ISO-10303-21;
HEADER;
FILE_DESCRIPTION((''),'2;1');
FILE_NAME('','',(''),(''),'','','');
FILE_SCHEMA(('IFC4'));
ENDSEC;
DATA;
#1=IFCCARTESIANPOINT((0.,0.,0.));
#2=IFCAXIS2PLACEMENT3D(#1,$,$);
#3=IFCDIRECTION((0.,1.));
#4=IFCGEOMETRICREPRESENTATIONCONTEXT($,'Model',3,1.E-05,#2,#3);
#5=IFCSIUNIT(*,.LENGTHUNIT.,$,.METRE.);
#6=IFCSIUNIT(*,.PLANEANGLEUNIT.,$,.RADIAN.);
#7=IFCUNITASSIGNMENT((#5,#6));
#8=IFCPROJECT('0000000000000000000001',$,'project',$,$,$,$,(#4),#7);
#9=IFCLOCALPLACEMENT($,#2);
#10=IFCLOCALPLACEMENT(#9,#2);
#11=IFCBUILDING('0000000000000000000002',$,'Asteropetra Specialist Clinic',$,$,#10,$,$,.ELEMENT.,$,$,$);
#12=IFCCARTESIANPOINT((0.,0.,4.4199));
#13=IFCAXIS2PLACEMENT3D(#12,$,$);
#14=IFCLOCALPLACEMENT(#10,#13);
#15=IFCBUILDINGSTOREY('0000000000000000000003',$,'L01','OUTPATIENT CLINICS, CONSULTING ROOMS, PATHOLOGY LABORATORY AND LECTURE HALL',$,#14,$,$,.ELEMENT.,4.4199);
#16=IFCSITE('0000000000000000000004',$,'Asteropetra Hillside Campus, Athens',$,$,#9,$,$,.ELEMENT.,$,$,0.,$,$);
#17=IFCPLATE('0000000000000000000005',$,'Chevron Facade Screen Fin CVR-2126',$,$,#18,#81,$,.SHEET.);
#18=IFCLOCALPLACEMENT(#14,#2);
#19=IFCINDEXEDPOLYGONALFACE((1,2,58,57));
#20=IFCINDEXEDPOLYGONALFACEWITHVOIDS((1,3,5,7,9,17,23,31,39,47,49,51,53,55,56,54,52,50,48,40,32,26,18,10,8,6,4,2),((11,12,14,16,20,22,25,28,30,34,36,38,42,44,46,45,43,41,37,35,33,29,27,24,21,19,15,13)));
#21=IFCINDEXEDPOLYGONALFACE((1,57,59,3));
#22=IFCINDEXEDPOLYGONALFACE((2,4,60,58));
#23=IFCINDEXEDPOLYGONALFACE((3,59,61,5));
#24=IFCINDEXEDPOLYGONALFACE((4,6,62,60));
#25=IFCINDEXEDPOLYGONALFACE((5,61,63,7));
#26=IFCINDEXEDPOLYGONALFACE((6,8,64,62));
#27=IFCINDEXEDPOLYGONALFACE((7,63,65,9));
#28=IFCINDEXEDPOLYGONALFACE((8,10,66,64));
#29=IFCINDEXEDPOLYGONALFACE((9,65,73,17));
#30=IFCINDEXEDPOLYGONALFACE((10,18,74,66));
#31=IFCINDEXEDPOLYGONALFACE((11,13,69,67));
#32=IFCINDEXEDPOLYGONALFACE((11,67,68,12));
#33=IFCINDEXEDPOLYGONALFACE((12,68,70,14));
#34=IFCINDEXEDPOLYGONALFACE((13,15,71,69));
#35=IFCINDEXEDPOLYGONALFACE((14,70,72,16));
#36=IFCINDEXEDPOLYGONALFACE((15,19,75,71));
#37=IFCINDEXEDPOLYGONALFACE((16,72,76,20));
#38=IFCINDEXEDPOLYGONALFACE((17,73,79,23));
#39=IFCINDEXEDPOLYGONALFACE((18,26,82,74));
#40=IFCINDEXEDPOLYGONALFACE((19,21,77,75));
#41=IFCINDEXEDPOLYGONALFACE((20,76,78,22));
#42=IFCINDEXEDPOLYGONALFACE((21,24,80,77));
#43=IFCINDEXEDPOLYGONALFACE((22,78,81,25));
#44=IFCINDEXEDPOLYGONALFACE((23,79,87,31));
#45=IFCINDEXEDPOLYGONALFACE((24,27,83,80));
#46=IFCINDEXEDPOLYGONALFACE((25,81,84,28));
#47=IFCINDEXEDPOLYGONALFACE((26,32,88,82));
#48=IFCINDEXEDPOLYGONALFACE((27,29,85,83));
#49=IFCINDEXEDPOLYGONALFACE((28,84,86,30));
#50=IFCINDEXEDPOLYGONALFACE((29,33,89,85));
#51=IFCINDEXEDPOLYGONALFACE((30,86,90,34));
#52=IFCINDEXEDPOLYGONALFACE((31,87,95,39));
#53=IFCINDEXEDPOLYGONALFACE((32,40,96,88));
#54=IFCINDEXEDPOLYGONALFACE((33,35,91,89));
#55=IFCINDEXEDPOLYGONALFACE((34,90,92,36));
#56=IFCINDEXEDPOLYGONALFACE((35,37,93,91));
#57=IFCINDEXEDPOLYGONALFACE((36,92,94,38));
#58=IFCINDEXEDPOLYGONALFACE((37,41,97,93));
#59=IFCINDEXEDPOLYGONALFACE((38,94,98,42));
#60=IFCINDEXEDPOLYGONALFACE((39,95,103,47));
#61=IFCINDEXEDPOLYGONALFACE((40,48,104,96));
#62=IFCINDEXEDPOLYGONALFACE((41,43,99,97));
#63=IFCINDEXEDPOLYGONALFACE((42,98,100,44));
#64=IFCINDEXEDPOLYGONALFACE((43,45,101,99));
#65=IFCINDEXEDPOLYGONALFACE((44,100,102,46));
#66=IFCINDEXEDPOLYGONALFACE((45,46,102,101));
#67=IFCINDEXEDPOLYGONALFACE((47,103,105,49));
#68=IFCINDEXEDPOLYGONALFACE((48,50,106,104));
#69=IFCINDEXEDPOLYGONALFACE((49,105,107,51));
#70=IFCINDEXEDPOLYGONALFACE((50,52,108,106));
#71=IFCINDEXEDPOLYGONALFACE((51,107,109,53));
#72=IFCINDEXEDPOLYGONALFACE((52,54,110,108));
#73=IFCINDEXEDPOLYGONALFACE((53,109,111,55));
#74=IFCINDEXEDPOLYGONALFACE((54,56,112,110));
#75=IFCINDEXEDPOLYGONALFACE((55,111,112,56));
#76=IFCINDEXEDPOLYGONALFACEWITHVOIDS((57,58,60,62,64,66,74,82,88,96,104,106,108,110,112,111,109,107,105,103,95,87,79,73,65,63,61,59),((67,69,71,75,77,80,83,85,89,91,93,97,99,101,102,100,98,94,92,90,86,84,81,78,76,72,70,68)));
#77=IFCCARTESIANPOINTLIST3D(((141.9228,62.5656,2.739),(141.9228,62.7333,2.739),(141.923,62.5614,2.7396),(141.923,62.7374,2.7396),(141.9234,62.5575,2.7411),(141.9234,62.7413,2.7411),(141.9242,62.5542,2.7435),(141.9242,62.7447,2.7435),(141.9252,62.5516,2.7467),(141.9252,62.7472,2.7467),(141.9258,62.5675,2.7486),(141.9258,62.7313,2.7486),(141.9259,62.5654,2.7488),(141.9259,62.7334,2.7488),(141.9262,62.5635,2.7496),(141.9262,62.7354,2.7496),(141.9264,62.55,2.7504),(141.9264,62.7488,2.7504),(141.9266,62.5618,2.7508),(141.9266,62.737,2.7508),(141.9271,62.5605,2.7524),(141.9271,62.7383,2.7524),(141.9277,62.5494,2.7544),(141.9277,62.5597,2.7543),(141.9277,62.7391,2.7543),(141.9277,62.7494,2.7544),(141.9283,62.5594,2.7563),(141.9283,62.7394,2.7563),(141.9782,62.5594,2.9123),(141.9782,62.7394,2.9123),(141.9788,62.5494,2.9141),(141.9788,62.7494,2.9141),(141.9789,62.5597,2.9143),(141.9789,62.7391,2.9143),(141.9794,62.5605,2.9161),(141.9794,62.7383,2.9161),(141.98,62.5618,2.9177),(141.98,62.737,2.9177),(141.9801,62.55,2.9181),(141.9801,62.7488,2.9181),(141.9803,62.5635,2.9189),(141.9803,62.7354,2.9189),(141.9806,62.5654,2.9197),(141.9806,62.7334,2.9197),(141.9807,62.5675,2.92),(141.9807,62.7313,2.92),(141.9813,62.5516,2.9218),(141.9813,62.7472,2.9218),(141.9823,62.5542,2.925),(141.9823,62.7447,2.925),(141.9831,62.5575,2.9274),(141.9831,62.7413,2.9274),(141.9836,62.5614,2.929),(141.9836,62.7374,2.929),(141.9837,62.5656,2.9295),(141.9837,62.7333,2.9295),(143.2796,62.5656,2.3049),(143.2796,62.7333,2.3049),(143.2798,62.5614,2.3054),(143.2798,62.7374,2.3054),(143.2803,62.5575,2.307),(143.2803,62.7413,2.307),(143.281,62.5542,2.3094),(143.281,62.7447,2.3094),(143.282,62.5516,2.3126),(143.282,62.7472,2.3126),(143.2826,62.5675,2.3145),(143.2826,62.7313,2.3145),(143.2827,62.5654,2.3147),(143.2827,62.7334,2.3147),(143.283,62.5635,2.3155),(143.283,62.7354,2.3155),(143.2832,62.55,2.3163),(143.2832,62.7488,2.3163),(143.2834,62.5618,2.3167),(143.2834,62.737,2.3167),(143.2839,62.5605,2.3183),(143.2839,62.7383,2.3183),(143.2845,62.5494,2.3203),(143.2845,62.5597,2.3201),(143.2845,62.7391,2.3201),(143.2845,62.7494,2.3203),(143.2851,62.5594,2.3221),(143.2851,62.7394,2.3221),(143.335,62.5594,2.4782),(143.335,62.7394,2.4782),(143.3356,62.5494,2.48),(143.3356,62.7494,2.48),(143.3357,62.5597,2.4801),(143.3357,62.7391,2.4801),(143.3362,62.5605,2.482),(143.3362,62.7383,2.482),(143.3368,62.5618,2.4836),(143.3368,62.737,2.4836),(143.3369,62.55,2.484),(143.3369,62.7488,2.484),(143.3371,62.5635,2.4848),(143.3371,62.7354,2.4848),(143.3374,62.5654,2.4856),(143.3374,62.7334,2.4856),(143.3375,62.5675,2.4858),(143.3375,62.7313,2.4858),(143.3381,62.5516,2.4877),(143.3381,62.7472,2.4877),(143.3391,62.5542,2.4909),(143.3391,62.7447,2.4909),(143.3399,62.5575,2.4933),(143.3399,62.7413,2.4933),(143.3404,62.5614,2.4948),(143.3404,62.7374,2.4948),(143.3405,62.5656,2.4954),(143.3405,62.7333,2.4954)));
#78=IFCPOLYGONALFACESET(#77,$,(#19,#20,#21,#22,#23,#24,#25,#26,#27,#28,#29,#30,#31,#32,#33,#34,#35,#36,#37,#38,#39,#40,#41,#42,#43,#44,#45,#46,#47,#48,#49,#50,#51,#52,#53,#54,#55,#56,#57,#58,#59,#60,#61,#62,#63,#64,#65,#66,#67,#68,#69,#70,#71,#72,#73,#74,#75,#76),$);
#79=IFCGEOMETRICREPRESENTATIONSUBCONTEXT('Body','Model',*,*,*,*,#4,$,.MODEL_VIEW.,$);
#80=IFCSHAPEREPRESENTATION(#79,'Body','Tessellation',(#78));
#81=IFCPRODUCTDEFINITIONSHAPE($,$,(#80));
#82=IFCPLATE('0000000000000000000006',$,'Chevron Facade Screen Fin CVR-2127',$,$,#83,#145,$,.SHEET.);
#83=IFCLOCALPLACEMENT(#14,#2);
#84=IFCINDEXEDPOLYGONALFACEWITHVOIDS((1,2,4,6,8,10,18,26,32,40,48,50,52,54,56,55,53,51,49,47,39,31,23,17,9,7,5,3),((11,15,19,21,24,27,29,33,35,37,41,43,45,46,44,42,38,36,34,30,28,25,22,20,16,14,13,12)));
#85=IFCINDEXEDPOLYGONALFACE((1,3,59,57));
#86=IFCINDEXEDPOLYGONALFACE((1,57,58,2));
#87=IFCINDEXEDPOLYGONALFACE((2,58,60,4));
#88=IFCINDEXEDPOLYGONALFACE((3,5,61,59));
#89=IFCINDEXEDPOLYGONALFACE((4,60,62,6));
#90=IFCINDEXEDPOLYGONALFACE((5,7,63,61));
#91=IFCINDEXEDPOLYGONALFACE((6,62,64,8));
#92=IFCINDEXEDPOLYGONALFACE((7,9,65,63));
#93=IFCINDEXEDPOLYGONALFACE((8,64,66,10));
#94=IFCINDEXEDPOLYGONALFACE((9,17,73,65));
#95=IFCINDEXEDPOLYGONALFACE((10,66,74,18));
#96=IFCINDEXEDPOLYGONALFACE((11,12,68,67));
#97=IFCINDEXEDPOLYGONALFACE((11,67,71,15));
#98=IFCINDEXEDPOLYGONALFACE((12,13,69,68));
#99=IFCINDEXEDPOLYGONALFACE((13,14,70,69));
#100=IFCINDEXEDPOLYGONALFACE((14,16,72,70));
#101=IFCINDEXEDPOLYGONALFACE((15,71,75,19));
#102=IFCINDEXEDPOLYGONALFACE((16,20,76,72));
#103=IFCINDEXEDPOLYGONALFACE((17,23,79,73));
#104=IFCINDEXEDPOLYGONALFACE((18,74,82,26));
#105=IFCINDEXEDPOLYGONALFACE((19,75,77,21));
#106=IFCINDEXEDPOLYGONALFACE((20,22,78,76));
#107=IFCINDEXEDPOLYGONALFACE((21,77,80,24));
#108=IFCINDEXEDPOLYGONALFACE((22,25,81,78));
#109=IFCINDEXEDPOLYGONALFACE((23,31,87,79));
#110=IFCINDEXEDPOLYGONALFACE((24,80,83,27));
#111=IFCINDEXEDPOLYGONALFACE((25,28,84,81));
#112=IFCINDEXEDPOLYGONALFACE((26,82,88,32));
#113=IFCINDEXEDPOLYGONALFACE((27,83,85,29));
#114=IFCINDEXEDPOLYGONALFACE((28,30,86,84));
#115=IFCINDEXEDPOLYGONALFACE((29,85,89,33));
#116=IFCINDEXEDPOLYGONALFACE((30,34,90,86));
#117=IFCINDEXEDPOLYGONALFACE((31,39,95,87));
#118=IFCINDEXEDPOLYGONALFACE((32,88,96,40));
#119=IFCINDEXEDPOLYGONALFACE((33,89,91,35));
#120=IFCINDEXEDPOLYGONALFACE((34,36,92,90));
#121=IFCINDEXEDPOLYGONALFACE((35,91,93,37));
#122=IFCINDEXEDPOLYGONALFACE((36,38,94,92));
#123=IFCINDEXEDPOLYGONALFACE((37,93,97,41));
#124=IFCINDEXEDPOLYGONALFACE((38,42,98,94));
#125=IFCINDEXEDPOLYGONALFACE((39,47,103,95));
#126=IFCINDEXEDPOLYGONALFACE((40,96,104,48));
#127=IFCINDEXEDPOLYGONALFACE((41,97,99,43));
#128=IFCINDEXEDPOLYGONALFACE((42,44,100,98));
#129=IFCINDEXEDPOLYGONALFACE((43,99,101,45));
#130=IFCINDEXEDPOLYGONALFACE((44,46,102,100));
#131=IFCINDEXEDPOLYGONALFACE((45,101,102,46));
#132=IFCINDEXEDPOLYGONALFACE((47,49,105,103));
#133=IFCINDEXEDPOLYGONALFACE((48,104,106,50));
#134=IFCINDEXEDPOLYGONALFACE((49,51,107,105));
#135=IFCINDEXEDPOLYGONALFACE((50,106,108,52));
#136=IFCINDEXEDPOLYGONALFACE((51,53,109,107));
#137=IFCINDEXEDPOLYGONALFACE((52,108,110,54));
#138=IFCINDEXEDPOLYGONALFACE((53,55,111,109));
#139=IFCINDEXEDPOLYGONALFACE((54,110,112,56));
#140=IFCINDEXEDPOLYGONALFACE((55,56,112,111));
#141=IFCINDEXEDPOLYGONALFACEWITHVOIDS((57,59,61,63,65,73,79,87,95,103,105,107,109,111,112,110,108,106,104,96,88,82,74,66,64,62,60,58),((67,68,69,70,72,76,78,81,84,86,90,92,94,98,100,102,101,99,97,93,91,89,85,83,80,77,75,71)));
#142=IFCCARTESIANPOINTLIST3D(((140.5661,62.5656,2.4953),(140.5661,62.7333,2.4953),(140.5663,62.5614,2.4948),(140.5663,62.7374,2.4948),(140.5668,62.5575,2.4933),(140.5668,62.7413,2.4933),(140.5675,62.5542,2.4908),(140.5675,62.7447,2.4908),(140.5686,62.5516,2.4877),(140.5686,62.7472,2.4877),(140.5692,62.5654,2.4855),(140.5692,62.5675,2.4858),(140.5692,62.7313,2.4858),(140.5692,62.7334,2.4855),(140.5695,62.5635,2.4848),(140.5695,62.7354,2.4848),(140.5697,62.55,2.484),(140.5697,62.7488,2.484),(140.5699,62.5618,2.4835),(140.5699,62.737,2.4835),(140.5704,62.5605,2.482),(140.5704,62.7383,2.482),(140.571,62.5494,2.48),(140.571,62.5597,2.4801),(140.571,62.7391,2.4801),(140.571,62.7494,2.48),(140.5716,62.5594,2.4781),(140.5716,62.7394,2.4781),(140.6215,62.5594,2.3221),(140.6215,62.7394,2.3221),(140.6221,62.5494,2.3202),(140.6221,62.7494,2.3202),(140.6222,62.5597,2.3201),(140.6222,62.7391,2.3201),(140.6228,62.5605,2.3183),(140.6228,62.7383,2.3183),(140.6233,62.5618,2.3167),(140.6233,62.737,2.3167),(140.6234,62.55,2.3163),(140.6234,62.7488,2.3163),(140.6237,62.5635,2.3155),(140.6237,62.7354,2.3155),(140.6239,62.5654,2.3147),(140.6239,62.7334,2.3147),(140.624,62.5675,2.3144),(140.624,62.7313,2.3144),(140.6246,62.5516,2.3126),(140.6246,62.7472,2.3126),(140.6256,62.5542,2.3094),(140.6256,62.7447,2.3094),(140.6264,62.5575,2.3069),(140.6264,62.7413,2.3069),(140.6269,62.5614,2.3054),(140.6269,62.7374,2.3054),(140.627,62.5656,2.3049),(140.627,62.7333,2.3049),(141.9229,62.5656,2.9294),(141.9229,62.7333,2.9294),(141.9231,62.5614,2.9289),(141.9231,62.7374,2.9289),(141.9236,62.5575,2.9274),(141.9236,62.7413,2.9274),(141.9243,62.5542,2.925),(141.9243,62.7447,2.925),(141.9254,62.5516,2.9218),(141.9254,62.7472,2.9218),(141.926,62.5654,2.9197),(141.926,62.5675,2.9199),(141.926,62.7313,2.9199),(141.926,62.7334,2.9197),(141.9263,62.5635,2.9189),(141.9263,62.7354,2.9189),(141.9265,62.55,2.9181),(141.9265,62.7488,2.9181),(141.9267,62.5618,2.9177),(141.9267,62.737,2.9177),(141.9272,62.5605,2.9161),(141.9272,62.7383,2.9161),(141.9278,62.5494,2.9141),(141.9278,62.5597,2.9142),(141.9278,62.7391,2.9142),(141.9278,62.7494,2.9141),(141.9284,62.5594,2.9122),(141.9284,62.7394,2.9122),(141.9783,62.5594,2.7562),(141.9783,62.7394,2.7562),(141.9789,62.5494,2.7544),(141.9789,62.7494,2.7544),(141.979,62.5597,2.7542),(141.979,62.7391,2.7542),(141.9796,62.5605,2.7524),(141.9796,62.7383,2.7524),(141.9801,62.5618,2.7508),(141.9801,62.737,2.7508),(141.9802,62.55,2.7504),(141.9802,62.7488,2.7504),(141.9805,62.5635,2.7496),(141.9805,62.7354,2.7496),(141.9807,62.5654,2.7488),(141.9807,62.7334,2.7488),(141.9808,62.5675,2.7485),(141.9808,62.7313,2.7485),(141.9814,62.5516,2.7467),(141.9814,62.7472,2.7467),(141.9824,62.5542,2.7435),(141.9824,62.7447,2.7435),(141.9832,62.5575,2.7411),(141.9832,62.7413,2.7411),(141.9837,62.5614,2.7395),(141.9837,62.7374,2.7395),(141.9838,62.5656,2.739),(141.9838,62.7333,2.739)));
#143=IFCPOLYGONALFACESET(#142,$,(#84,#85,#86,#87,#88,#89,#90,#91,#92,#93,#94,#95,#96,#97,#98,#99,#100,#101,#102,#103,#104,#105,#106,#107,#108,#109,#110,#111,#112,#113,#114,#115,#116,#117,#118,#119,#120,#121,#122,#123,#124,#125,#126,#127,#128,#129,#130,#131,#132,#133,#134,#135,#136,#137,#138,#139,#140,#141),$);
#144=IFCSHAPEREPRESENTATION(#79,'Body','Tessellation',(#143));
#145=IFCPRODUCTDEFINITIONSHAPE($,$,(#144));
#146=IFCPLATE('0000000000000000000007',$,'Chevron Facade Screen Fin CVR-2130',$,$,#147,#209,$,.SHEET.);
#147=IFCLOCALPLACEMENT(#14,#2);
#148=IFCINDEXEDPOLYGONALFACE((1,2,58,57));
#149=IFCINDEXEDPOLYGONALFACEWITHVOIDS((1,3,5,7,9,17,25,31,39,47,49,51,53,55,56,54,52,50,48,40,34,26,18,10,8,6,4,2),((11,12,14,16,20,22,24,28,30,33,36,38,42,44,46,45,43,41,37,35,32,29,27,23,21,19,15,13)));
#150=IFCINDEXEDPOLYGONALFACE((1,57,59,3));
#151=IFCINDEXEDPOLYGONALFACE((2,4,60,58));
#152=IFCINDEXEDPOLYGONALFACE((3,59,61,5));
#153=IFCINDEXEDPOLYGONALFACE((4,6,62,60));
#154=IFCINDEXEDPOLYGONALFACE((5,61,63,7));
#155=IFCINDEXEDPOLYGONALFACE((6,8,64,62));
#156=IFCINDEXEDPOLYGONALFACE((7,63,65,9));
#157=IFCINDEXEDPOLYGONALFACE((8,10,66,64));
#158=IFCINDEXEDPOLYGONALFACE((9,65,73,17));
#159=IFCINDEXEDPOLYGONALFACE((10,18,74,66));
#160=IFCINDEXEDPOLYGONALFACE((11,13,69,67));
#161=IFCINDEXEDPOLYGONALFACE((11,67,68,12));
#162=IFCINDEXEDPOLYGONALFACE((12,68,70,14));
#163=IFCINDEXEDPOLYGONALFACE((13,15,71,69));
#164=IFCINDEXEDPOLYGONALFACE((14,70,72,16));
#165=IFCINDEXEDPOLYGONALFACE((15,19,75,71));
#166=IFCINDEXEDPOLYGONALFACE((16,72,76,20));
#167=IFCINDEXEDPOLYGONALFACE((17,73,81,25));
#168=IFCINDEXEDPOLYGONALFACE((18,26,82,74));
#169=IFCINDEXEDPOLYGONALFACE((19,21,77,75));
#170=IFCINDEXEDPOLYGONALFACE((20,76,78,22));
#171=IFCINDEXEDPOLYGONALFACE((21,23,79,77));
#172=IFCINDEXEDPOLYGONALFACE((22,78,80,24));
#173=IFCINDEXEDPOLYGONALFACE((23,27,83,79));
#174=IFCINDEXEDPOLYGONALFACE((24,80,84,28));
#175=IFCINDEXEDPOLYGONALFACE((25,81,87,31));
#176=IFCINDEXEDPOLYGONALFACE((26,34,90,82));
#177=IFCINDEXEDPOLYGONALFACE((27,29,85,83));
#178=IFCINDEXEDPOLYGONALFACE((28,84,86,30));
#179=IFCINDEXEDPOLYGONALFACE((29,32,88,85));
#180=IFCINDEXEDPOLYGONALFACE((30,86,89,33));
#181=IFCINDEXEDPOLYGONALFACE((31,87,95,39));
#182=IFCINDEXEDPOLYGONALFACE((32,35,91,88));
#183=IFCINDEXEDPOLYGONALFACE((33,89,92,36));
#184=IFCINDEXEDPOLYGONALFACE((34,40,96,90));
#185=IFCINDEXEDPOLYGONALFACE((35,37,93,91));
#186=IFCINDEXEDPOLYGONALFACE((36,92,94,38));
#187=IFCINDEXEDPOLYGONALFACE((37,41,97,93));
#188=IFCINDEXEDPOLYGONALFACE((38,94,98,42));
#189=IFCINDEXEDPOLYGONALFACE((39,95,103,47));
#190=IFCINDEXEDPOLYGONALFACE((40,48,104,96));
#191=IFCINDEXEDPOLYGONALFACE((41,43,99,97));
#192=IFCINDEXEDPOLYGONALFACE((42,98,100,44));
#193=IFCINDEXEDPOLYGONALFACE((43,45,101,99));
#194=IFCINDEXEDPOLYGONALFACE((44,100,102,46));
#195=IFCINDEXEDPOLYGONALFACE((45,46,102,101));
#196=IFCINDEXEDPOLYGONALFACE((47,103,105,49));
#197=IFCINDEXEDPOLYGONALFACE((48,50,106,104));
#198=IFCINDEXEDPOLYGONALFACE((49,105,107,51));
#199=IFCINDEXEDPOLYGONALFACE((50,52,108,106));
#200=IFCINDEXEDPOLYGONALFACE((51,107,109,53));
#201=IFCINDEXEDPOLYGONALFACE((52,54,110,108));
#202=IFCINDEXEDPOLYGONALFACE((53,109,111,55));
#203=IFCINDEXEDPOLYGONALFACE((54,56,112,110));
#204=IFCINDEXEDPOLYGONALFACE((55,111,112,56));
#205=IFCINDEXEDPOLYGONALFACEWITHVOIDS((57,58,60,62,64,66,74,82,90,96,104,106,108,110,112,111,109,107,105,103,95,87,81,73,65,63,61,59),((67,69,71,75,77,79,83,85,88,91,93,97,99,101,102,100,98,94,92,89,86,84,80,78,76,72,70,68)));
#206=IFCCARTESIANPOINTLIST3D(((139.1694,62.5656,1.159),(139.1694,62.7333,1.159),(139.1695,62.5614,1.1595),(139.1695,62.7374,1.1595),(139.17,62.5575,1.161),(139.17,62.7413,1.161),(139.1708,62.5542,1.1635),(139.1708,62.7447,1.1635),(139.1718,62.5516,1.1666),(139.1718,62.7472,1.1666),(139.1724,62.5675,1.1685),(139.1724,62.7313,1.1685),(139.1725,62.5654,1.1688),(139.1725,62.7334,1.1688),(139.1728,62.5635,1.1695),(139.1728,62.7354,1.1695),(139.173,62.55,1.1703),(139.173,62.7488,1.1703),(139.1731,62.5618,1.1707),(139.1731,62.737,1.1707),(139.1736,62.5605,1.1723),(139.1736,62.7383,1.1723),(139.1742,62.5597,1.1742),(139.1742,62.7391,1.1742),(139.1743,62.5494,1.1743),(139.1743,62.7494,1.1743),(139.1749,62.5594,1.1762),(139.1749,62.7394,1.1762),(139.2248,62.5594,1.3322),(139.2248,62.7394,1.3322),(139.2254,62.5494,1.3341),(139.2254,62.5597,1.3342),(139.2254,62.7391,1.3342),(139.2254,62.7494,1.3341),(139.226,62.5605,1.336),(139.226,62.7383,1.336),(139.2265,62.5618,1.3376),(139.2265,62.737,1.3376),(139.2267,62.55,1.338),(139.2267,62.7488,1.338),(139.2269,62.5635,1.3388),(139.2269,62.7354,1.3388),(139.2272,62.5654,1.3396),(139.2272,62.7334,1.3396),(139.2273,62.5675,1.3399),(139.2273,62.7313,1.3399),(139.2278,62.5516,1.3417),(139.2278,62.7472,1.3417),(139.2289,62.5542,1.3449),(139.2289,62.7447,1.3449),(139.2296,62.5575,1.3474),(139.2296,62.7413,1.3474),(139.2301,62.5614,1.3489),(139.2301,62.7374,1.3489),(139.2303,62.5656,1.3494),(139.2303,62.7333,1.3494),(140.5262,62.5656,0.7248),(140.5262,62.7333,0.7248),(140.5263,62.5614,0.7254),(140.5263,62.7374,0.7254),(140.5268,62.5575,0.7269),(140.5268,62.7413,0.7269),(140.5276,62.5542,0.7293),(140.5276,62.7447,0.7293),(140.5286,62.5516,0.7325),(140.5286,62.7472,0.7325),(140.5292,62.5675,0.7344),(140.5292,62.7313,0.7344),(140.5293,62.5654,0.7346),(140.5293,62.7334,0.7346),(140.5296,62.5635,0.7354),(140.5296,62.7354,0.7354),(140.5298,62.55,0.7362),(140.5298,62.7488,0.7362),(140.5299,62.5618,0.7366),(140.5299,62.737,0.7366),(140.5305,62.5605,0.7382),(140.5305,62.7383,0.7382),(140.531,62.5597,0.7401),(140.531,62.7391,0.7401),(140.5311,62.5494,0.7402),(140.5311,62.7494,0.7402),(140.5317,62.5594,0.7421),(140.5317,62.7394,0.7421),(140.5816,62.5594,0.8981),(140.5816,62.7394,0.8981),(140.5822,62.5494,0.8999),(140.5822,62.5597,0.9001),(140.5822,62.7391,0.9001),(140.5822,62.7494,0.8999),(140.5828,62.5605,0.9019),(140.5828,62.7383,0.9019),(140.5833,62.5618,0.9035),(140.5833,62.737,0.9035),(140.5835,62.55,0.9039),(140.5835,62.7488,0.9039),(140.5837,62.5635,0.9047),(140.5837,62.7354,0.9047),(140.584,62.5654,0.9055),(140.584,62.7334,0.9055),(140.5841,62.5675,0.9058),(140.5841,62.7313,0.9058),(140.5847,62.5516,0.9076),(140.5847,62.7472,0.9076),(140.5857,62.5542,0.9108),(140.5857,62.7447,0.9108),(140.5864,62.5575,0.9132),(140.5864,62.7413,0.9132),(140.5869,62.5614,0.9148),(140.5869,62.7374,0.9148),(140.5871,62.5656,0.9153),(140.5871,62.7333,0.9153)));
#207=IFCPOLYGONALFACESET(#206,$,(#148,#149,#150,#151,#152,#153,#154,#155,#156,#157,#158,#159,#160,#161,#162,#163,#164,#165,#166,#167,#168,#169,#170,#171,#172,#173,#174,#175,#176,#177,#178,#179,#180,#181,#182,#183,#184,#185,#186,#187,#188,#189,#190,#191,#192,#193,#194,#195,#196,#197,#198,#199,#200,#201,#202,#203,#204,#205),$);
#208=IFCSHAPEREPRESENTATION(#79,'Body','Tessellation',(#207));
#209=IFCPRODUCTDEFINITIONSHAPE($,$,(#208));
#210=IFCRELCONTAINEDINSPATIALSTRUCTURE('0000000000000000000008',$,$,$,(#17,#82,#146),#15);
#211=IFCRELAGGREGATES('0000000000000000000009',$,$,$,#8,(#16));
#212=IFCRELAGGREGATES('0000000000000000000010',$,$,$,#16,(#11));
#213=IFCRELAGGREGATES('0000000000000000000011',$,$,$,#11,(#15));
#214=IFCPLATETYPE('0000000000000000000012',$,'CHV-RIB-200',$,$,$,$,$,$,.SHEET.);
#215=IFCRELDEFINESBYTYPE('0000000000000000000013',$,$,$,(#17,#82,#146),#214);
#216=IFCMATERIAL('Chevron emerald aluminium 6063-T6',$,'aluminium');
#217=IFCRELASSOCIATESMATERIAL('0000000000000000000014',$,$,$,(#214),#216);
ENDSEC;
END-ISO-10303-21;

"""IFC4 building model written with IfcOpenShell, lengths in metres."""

from ifc_helpers import new_model, si_unit, direction, frame, origin, origin_2d, place, context, subcontext, project, spatial, hollow_rectangle, extrude, material, material_profile, profile_set, type_object, element, save


model = new_model("IFC4")

# Units and contexts
model_context = context("Model", 3, precision=1e-05, world=origin(), true_north=direction((0.0, 1.0)))
body_context = subcontext(model_context, "Body", "Model", "MODEL_VIEW")
ifc_project = project(units=[si_unit("LENGTHUNIT", "METRE"), si_unit("PLANEANGLEUNIT", "RADIAN")], contexts=[model_context])

# Site, building, storey
site_placement = place(None, origin())
site = spatial("IfcSite", under=ifc_project, at=site_placement, Name="Asteropetra Hillside Campus, Athens", CompositionType="ELEMENT", RefElevation=0.0)
building_placement = place(site_placement, origin())
building = spatial("IfcBuilding", under=site, at=building_placement, Name="Asteropetra Specialist Clinic", CompositionType="ELEMENT")
storey_placement = place(building_placement, frame((0.0, 0.0, 4.4199)))
storey = spatial("IfcBuildingStorey", under=building, at=storey_placement, Name="L01", Description="OUTPATIENT CLINICS, CONSULTING ROOMS, PATHOLOGY LABORATORY AND LECTURE HALL", CompositionType="ELEMENT", Elevation=4.4199)

# Plates
ifc_material_1 = material(Name="Chevron emerald aluminium 6063-T6", Category="aluminium")
ifc_material_profile_1 = material_profile(ifc_material_1, hollow_rectangle(XDim=0.2, YDim=0.2, WallThickness=0.01, InnerFilletRadius=0.0081, OuterFilletRadius=0.0161, at=origin_2d()), Name="SHS 200x200x10.0")
ifc_profile_set_1 = profile_set([ifc_material_profile_1], Name="Chevron emerald aluminium 6063-T6")
plate_type_1 = type_object("IfcPlateType", Name="CHV-RIB-200", PredefinedType="SHEET", material=ifc_profile_set_1)
for number, where, z_axis, x_axis, name in (
    (1, (143.3101, 62.6494, 2.4001), (-0.952436, 0.0, 0.304738), (0.0, -1.0, 0.0), "Chevron Facade Screen Fin CVR-2126"),
    (2, (141.9534, 62.6494, 2.8342), (-0.952436, 0.0, -0.304738), (0.0, -1.0, 0.0), "Chevron Facade Screen Fin CVR-2127"),
    (3, (140.5566, 62.6494, 0.8201), (-0.952436, 0.0, 0.304738), (0.0, -1.0, 0.0), "Chevron Facade Screen Fin CVR-2130"),
):
    element("IfcPlate", number, at=place(storey_placement, frame(where, z_axis=z_axis, x_axis=x_axis)), inside=storey, type_object=plate_type_1, Name=name, PredefinedType="SHEET", context=body_context, shape_type="SweptSolid", body=[
        extrude(hollow_rectangle(XDim=0.2, YDim=0.2, WallThickness=0.01, InnerFilletRadius=0.0081, OuterFilletRadius=0.0161, at=origin_2d()), origin(), (0.0, 0.0, 1.0), 1.4246),
    ])

save(model, "model.ifc")
